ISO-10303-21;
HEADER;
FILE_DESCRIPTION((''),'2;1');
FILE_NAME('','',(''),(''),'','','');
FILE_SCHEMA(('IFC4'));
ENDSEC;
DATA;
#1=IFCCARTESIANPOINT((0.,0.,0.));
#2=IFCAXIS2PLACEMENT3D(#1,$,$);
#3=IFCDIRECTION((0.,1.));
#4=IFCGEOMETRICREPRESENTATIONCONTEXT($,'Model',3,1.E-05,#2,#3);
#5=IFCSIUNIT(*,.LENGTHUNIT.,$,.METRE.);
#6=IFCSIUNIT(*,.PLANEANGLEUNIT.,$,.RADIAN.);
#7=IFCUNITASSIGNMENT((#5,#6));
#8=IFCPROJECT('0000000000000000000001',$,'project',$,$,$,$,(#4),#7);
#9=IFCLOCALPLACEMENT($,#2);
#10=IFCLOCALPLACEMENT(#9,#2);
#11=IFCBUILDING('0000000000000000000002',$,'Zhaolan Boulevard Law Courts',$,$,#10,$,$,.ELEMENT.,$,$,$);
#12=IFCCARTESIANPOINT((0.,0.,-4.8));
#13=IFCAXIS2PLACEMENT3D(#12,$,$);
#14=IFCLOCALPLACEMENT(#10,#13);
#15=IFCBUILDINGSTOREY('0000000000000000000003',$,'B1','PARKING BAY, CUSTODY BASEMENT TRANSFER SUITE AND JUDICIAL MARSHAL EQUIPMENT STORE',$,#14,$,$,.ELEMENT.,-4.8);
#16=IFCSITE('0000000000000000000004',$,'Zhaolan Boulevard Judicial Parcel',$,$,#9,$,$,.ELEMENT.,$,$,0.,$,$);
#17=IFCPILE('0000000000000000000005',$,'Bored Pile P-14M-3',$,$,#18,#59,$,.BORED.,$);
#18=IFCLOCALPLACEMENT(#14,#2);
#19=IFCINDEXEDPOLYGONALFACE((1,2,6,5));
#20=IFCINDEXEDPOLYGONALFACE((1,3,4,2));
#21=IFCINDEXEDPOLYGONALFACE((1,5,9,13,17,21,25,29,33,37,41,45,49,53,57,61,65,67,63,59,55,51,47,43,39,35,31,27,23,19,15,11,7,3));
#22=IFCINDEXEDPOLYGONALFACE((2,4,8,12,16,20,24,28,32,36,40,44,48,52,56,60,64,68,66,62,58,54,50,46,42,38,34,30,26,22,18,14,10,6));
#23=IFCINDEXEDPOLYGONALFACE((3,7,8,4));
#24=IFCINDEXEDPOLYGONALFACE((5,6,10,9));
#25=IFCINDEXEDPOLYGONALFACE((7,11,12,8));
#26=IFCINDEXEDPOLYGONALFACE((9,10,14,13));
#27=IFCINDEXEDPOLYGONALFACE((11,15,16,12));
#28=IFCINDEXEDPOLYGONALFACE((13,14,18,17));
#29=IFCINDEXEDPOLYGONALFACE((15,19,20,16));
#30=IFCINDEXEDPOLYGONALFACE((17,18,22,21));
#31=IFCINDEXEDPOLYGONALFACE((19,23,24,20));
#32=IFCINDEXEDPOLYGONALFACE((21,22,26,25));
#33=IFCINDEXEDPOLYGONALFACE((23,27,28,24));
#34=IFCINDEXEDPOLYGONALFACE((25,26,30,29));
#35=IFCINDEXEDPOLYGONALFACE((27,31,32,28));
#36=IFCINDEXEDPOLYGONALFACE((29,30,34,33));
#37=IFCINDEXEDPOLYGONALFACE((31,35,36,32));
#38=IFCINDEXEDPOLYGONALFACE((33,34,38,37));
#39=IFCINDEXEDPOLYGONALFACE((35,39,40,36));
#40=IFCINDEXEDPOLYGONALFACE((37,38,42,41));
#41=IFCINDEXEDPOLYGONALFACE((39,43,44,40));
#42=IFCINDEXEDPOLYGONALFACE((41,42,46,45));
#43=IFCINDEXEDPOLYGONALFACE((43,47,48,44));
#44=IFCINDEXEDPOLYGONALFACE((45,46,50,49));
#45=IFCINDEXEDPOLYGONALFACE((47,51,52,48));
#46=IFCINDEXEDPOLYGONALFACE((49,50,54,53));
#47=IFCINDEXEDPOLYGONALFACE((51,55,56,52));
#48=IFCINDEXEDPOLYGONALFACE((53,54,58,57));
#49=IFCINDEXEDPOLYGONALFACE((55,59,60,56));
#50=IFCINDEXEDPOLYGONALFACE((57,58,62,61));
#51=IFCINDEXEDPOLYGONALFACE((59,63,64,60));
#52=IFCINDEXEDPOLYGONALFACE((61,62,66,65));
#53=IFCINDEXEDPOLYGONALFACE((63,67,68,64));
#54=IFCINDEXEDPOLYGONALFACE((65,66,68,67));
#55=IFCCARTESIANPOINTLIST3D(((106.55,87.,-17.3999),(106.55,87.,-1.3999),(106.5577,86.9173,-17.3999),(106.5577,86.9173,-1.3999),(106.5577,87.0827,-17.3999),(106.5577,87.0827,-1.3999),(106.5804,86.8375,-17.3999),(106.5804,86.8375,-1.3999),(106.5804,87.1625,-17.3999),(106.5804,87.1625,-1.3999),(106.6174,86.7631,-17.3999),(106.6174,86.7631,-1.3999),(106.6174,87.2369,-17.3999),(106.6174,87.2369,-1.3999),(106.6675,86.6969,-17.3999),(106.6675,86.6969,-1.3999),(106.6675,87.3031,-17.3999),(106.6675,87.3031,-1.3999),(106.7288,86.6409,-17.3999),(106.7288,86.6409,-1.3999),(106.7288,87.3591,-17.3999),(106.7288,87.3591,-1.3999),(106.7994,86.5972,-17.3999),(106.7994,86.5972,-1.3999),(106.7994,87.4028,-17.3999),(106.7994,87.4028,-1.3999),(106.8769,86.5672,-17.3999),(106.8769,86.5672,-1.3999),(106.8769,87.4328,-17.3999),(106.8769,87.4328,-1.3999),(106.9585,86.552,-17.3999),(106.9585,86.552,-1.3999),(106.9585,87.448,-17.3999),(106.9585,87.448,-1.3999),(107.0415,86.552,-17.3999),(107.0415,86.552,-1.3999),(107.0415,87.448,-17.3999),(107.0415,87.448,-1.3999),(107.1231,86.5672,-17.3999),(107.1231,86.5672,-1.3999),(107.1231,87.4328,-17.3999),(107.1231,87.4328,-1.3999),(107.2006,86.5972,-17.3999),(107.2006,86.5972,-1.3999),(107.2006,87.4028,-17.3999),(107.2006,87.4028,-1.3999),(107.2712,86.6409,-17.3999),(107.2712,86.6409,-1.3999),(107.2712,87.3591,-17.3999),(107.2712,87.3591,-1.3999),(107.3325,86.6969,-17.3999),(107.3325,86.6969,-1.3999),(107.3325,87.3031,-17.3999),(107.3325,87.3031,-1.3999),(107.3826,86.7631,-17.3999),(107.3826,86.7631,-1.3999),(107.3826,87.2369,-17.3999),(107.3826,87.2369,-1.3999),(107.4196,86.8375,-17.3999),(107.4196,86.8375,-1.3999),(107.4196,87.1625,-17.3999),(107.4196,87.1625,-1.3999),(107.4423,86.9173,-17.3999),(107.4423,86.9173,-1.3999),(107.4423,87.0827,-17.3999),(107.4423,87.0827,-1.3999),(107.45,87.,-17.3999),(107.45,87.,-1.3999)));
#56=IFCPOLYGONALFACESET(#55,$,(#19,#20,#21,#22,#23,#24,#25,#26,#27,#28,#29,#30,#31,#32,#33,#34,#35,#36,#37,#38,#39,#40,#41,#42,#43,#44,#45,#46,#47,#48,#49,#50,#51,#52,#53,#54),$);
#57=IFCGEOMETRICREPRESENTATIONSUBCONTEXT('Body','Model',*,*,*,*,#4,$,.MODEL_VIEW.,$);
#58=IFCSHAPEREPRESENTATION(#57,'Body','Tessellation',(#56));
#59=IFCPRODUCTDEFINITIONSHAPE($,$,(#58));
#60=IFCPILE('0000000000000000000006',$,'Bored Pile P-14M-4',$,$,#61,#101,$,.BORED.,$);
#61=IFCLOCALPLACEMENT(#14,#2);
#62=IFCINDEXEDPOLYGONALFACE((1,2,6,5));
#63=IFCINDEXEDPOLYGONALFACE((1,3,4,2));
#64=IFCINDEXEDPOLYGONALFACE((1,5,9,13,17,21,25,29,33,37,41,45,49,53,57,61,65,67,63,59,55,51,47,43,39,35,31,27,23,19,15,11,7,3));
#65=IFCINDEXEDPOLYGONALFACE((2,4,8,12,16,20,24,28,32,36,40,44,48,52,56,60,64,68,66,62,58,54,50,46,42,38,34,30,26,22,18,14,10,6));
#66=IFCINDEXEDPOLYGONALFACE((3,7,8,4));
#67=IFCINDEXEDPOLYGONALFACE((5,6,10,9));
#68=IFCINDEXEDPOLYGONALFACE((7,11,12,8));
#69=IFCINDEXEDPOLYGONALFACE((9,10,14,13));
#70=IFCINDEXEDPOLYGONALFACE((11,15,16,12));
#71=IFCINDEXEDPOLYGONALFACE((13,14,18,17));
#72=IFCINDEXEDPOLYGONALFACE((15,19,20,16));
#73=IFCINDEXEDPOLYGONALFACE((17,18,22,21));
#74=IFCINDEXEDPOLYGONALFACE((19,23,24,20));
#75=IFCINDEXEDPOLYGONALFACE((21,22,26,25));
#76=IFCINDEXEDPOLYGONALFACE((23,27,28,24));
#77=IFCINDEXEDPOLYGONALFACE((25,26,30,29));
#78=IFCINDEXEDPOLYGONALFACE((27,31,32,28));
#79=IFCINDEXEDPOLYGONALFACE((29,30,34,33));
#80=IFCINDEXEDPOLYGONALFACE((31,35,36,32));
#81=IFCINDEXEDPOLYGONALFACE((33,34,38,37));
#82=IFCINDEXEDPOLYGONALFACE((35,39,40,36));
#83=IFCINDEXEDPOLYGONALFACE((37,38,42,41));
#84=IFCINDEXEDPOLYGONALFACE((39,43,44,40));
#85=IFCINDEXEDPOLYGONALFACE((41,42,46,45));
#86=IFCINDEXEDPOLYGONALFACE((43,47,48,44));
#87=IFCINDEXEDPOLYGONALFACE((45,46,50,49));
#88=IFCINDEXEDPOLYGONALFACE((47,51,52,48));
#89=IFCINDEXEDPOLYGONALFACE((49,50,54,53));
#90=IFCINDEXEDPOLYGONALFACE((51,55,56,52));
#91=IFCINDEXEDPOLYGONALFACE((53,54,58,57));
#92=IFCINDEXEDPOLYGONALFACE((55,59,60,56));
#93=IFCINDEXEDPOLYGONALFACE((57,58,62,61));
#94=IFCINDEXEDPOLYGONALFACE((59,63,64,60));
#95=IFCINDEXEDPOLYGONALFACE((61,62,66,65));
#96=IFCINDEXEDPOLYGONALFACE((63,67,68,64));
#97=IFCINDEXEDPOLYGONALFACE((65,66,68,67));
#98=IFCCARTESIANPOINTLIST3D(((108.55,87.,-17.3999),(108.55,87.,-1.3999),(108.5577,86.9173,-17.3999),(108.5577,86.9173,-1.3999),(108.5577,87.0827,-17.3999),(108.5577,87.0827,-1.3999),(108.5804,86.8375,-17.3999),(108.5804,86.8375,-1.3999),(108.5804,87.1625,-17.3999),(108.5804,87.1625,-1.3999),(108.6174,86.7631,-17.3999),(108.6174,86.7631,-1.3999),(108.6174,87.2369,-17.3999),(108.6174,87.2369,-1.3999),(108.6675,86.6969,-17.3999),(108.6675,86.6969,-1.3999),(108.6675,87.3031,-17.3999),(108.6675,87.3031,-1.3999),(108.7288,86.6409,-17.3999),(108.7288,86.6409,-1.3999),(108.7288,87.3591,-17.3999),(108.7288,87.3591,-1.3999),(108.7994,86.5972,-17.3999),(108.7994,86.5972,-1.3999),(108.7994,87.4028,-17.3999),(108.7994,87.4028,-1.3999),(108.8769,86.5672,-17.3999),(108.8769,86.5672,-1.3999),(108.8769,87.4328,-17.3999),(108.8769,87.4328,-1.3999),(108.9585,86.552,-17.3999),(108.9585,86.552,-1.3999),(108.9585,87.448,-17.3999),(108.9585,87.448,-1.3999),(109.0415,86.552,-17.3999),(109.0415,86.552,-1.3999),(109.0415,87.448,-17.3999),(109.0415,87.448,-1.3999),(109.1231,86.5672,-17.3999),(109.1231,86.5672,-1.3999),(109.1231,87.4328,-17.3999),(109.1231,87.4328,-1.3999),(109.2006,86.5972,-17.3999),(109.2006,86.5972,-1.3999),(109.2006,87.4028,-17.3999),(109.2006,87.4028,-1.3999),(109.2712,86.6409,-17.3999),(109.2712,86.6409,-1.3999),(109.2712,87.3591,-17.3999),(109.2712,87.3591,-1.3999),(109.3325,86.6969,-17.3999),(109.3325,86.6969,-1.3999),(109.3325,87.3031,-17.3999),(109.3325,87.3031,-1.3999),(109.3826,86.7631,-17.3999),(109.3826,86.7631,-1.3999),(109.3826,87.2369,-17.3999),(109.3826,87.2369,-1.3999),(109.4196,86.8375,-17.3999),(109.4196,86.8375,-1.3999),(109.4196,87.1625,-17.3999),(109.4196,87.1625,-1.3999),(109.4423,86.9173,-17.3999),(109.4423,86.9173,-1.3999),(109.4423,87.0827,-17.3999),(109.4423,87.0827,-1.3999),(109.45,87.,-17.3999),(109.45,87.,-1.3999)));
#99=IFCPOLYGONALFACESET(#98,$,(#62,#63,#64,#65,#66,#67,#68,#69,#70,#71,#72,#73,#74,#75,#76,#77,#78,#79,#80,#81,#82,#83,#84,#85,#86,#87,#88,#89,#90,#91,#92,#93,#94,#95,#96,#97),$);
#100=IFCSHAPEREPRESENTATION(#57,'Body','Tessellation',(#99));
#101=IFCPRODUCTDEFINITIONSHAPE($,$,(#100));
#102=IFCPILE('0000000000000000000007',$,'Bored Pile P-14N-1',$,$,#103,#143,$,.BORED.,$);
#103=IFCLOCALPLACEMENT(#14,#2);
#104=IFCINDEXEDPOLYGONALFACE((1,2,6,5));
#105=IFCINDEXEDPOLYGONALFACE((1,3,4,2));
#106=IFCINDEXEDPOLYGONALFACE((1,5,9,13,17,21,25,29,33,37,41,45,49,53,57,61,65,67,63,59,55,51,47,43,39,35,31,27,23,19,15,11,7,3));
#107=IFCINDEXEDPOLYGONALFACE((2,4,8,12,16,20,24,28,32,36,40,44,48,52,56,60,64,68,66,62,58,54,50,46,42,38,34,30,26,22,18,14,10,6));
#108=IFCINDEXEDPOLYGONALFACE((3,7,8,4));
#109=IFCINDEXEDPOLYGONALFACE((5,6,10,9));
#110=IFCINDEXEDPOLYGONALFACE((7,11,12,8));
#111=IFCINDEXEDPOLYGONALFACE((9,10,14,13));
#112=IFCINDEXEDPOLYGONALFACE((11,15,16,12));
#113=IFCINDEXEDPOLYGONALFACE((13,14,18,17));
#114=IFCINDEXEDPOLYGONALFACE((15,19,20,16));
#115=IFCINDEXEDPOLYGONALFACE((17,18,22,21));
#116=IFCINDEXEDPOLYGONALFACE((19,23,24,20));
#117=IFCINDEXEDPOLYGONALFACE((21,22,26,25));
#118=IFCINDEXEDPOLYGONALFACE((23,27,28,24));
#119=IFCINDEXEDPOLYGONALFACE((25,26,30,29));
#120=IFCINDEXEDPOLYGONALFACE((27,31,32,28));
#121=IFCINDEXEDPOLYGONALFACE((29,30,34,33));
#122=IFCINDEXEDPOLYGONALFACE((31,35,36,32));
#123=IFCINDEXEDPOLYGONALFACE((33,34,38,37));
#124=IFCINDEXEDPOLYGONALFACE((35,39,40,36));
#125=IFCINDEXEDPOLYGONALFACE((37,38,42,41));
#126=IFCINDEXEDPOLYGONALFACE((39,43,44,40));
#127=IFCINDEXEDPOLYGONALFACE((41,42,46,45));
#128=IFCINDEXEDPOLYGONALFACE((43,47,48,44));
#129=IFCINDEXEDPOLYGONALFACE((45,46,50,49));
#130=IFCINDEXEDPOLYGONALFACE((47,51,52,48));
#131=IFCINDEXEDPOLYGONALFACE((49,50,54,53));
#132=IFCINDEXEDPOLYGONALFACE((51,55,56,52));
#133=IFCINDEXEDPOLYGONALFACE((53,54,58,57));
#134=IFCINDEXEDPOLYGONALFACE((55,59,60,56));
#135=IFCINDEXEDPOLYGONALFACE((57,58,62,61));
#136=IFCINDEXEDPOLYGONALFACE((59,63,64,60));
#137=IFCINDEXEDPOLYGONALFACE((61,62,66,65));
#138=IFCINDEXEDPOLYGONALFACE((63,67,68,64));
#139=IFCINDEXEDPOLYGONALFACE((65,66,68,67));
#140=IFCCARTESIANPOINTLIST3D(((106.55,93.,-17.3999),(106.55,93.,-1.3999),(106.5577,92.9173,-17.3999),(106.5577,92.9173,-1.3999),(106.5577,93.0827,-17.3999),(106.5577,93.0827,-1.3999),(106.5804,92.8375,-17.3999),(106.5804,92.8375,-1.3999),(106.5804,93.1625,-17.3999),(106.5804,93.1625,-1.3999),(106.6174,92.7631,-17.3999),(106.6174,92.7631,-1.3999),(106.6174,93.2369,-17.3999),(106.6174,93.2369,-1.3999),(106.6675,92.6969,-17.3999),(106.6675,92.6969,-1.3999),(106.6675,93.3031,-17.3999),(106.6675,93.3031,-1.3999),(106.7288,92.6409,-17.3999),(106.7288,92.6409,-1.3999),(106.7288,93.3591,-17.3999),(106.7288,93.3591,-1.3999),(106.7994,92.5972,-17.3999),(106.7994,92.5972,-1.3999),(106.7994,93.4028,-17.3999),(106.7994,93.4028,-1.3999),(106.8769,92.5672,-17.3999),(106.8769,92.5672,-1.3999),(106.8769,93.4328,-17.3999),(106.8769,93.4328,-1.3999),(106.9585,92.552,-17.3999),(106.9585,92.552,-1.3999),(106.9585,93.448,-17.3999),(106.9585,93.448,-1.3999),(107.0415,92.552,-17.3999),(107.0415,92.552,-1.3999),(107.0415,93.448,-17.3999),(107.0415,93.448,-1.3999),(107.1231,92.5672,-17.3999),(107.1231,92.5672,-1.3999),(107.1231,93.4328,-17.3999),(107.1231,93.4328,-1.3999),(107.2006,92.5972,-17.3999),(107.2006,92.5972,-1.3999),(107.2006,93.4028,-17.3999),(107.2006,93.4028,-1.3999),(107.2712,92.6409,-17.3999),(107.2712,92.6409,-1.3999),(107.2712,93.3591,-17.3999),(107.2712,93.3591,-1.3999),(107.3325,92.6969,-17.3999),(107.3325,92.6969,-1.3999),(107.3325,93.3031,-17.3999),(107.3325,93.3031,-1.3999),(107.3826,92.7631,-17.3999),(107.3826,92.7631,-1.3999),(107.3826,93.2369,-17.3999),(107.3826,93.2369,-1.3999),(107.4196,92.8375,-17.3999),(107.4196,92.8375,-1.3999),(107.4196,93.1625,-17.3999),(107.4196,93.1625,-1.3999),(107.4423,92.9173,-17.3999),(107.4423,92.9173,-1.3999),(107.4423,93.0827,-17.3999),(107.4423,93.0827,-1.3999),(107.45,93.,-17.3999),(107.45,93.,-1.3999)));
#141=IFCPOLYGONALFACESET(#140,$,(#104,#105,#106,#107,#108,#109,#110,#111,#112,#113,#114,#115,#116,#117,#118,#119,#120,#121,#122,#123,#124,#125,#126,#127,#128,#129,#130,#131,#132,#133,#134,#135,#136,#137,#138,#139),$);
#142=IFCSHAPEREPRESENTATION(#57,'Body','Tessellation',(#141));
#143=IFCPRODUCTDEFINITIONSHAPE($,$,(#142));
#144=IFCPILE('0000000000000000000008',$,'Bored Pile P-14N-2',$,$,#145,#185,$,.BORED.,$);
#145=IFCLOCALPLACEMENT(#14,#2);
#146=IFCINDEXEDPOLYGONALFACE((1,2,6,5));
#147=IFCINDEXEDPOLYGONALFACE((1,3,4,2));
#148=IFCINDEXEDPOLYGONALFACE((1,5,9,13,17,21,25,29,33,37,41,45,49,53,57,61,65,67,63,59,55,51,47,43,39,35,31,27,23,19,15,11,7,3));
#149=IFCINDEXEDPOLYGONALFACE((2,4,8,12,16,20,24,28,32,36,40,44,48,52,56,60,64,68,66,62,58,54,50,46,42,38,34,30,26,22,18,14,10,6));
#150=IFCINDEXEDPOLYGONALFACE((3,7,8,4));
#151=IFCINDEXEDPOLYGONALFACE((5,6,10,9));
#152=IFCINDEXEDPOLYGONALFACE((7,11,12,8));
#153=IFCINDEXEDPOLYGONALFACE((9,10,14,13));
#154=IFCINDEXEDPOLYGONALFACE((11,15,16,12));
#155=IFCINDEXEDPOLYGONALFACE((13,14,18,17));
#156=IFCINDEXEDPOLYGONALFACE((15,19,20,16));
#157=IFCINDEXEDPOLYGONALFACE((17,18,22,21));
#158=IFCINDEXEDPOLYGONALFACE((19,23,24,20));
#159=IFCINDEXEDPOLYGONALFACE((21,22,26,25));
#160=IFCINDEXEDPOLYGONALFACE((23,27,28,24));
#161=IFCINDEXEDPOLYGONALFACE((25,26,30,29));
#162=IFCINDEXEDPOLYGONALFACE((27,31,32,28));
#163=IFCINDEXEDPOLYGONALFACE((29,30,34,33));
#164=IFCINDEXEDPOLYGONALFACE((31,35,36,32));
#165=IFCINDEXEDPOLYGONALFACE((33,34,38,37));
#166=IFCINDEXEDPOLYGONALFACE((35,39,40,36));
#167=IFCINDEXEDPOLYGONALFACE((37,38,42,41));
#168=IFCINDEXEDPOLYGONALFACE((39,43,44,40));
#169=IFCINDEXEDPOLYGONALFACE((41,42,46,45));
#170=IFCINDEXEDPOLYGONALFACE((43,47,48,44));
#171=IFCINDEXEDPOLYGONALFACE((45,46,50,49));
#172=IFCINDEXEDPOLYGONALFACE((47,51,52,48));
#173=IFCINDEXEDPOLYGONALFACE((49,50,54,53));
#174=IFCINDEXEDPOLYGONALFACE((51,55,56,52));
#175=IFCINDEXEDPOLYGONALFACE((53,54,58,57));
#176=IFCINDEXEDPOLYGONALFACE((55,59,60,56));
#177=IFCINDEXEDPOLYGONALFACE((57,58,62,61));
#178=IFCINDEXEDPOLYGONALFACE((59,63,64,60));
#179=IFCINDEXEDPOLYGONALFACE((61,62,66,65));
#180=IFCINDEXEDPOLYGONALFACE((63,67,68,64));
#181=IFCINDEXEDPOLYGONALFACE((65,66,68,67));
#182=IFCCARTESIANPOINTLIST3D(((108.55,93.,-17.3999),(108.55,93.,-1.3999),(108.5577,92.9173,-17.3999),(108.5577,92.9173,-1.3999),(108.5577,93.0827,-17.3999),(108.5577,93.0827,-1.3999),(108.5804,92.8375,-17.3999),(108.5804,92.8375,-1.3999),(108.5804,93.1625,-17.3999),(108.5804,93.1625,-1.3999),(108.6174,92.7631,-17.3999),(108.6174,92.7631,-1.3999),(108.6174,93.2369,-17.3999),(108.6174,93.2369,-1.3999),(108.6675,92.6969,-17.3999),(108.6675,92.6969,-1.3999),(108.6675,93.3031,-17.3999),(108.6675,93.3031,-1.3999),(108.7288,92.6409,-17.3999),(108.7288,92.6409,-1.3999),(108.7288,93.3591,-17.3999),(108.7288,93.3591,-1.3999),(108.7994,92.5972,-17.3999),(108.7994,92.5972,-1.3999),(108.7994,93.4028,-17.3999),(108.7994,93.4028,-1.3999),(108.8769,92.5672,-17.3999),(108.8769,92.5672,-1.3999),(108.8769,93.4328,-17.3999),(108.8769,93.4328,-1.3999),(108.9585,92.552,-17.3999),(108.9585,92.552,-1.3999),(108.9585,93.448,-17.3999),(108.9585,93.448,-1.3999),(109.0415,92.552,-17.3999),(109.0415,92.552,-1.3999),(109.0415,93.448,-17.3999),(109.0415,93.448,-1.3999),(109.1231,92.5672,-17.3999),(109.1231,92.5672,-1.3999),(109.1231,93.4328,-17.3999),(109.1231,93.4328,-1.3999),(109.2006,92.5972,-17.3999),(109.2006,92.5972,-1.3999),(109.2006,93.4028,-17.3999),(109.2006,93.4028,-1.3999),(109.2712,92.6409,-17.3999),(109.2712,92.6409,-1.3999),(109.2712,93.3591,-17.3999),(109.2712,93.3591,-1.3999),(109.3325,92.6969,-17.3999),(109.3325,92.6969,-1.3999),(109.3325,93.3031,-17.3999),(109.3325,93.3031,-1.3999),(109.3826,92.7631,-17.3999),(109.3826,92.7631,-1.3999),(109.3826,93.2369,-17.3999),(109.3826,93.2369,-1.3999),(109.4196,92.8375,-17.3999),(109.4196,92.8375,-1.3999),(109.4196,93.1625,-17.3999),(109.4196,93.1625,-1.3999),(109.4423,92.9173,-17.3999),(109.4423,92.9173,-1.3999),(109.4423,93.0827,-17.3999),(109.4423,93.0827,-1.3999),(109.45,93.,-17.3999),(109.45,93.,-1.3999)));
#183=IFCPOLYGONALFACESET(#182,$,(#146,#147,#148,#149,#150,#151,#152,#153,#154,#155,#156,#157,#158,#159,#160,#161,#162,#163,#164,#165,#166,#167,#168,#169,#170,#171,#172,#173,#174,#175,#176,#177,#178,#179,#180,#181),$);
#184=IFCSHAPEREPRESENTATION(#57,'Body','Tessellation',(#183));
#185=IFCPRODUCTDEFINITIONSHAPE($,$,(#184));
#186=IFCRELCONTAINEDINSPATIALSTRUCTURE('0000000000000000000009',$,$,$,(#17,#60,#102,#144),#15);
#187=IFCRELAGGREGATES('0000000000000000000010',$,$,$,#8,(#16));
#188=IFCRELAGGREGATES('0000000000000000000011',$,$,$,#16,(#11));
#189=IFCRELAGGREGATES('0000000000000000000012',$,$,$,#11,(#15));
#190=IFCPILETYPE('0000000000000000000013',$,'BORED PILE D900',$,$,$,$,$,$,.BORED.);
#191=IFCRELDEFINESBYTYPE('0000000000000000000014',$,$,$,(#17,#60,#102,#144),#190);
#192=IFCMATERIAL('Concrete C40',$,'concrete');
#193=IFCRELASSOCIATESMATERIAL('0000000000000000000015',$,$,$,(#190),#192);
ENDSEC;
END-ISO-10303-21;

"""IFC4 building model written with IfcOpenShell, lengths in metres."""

from ifc_helpers import new_model, si_unit, direction, frame, origin, origin_2d, place, context, subcontext, project, spatial, circle, extrude, material, material_profile, profile_set, type_object, element, save


model = new_model("IFC4")

# Units and contexts
model_context = context("Model", 3, precision=1e-05, world=origin(), true_north=direction((0.0, 1.0)))
body_context = subcontext(model_context, "Body", "Model", "MODEL_VIEW")
ifc_project = project(units=[si_unit("LENGTHUNIT", "METRE"), si_unit("PLANEANGLEUNIT", "RADIAN")], contexts=[model_context])

# Site, building, storey
site_placement = place(None, origin())
site = spatial("IfcSite", under=ifc_project, at=site_placement, Name="Zhaolan Boulevard Judicial Parcel", CompositionType="ELEMENT", RefElevation=0.0)
building_placement = place(site_placement, origin())
building = spatial("IfcBuilding", under=site, at=building_placement, Name="Zhaolan Boulevard Law Courts", CompositionType="ELEMENT")
storey_placement = place(building_placement, frame((0.0, 0.0, -4.8)))
storey = spatial("IfcBuildingStorey", under=building, at=storey_placement, Name="B1", Description="PARKING BAY, CUSTODY BASEMENT TRANSFER SUITE AND JUDICIAL MARSHAL EQUIPMENT STORE", CompositionType="ELEMENT", Elevation=-4.8)

# Piles
ifc_material_1 = material(Name="Concrete C40", Category="concrete")
ifc_material_profile_1 = material_profile(ifc_material_1, circle(Radius=0.45, at=origin_2d()), Name="PILE-D900")
ifc_profile_set_1 = profile_set([ifc_material_profile_1], Name="Concrete C40")
pile_type = type_object("IfcPileType", Name="BORED PILE D900", PredefinedType="BORED", material=ifc_profile_set_1)
for number, where, z_axis, x_axis, name in (
    (1, (107.0, 87.0, -1.3999), (0.0, 0.0, -1.0), (1.0, 0.0, 0.0), "Bored Pile P-14M-3"),
    (2, (109.0, 87.0, -1.3999), (0.0, 0.0, -1.0), (1.0, 0.0, 0.0), "Bored Pile P-14M-4"),
    (3, (107.0, 93.0, -1.3999), (0.0, 0.0, -1.0), (1.0, 0.0, 0.0), "Bored Pile P-14N-1"),
    (4, (109.0, 93.0, -1.3999), (0.0, 0.0, -1.0), (1.0, 0.0, 0.0), "Bored Pile P-14N-2"),
):
    element("IfcPile", number, at=place(storey_placement, frame(where, z_axis=z_axis, x_axis=x_axis)), inside=storey, type_object=pile_type, Name=name, PredefinedType="BORED", context=body_context, shape_type="SweptSolid", body=[
        extrude(circle(Radius=0.45, at=origin_2d()), origin(), (0.0, 0.0, 1.0), 16.0),
    ])

save(model, "model.ifc")
